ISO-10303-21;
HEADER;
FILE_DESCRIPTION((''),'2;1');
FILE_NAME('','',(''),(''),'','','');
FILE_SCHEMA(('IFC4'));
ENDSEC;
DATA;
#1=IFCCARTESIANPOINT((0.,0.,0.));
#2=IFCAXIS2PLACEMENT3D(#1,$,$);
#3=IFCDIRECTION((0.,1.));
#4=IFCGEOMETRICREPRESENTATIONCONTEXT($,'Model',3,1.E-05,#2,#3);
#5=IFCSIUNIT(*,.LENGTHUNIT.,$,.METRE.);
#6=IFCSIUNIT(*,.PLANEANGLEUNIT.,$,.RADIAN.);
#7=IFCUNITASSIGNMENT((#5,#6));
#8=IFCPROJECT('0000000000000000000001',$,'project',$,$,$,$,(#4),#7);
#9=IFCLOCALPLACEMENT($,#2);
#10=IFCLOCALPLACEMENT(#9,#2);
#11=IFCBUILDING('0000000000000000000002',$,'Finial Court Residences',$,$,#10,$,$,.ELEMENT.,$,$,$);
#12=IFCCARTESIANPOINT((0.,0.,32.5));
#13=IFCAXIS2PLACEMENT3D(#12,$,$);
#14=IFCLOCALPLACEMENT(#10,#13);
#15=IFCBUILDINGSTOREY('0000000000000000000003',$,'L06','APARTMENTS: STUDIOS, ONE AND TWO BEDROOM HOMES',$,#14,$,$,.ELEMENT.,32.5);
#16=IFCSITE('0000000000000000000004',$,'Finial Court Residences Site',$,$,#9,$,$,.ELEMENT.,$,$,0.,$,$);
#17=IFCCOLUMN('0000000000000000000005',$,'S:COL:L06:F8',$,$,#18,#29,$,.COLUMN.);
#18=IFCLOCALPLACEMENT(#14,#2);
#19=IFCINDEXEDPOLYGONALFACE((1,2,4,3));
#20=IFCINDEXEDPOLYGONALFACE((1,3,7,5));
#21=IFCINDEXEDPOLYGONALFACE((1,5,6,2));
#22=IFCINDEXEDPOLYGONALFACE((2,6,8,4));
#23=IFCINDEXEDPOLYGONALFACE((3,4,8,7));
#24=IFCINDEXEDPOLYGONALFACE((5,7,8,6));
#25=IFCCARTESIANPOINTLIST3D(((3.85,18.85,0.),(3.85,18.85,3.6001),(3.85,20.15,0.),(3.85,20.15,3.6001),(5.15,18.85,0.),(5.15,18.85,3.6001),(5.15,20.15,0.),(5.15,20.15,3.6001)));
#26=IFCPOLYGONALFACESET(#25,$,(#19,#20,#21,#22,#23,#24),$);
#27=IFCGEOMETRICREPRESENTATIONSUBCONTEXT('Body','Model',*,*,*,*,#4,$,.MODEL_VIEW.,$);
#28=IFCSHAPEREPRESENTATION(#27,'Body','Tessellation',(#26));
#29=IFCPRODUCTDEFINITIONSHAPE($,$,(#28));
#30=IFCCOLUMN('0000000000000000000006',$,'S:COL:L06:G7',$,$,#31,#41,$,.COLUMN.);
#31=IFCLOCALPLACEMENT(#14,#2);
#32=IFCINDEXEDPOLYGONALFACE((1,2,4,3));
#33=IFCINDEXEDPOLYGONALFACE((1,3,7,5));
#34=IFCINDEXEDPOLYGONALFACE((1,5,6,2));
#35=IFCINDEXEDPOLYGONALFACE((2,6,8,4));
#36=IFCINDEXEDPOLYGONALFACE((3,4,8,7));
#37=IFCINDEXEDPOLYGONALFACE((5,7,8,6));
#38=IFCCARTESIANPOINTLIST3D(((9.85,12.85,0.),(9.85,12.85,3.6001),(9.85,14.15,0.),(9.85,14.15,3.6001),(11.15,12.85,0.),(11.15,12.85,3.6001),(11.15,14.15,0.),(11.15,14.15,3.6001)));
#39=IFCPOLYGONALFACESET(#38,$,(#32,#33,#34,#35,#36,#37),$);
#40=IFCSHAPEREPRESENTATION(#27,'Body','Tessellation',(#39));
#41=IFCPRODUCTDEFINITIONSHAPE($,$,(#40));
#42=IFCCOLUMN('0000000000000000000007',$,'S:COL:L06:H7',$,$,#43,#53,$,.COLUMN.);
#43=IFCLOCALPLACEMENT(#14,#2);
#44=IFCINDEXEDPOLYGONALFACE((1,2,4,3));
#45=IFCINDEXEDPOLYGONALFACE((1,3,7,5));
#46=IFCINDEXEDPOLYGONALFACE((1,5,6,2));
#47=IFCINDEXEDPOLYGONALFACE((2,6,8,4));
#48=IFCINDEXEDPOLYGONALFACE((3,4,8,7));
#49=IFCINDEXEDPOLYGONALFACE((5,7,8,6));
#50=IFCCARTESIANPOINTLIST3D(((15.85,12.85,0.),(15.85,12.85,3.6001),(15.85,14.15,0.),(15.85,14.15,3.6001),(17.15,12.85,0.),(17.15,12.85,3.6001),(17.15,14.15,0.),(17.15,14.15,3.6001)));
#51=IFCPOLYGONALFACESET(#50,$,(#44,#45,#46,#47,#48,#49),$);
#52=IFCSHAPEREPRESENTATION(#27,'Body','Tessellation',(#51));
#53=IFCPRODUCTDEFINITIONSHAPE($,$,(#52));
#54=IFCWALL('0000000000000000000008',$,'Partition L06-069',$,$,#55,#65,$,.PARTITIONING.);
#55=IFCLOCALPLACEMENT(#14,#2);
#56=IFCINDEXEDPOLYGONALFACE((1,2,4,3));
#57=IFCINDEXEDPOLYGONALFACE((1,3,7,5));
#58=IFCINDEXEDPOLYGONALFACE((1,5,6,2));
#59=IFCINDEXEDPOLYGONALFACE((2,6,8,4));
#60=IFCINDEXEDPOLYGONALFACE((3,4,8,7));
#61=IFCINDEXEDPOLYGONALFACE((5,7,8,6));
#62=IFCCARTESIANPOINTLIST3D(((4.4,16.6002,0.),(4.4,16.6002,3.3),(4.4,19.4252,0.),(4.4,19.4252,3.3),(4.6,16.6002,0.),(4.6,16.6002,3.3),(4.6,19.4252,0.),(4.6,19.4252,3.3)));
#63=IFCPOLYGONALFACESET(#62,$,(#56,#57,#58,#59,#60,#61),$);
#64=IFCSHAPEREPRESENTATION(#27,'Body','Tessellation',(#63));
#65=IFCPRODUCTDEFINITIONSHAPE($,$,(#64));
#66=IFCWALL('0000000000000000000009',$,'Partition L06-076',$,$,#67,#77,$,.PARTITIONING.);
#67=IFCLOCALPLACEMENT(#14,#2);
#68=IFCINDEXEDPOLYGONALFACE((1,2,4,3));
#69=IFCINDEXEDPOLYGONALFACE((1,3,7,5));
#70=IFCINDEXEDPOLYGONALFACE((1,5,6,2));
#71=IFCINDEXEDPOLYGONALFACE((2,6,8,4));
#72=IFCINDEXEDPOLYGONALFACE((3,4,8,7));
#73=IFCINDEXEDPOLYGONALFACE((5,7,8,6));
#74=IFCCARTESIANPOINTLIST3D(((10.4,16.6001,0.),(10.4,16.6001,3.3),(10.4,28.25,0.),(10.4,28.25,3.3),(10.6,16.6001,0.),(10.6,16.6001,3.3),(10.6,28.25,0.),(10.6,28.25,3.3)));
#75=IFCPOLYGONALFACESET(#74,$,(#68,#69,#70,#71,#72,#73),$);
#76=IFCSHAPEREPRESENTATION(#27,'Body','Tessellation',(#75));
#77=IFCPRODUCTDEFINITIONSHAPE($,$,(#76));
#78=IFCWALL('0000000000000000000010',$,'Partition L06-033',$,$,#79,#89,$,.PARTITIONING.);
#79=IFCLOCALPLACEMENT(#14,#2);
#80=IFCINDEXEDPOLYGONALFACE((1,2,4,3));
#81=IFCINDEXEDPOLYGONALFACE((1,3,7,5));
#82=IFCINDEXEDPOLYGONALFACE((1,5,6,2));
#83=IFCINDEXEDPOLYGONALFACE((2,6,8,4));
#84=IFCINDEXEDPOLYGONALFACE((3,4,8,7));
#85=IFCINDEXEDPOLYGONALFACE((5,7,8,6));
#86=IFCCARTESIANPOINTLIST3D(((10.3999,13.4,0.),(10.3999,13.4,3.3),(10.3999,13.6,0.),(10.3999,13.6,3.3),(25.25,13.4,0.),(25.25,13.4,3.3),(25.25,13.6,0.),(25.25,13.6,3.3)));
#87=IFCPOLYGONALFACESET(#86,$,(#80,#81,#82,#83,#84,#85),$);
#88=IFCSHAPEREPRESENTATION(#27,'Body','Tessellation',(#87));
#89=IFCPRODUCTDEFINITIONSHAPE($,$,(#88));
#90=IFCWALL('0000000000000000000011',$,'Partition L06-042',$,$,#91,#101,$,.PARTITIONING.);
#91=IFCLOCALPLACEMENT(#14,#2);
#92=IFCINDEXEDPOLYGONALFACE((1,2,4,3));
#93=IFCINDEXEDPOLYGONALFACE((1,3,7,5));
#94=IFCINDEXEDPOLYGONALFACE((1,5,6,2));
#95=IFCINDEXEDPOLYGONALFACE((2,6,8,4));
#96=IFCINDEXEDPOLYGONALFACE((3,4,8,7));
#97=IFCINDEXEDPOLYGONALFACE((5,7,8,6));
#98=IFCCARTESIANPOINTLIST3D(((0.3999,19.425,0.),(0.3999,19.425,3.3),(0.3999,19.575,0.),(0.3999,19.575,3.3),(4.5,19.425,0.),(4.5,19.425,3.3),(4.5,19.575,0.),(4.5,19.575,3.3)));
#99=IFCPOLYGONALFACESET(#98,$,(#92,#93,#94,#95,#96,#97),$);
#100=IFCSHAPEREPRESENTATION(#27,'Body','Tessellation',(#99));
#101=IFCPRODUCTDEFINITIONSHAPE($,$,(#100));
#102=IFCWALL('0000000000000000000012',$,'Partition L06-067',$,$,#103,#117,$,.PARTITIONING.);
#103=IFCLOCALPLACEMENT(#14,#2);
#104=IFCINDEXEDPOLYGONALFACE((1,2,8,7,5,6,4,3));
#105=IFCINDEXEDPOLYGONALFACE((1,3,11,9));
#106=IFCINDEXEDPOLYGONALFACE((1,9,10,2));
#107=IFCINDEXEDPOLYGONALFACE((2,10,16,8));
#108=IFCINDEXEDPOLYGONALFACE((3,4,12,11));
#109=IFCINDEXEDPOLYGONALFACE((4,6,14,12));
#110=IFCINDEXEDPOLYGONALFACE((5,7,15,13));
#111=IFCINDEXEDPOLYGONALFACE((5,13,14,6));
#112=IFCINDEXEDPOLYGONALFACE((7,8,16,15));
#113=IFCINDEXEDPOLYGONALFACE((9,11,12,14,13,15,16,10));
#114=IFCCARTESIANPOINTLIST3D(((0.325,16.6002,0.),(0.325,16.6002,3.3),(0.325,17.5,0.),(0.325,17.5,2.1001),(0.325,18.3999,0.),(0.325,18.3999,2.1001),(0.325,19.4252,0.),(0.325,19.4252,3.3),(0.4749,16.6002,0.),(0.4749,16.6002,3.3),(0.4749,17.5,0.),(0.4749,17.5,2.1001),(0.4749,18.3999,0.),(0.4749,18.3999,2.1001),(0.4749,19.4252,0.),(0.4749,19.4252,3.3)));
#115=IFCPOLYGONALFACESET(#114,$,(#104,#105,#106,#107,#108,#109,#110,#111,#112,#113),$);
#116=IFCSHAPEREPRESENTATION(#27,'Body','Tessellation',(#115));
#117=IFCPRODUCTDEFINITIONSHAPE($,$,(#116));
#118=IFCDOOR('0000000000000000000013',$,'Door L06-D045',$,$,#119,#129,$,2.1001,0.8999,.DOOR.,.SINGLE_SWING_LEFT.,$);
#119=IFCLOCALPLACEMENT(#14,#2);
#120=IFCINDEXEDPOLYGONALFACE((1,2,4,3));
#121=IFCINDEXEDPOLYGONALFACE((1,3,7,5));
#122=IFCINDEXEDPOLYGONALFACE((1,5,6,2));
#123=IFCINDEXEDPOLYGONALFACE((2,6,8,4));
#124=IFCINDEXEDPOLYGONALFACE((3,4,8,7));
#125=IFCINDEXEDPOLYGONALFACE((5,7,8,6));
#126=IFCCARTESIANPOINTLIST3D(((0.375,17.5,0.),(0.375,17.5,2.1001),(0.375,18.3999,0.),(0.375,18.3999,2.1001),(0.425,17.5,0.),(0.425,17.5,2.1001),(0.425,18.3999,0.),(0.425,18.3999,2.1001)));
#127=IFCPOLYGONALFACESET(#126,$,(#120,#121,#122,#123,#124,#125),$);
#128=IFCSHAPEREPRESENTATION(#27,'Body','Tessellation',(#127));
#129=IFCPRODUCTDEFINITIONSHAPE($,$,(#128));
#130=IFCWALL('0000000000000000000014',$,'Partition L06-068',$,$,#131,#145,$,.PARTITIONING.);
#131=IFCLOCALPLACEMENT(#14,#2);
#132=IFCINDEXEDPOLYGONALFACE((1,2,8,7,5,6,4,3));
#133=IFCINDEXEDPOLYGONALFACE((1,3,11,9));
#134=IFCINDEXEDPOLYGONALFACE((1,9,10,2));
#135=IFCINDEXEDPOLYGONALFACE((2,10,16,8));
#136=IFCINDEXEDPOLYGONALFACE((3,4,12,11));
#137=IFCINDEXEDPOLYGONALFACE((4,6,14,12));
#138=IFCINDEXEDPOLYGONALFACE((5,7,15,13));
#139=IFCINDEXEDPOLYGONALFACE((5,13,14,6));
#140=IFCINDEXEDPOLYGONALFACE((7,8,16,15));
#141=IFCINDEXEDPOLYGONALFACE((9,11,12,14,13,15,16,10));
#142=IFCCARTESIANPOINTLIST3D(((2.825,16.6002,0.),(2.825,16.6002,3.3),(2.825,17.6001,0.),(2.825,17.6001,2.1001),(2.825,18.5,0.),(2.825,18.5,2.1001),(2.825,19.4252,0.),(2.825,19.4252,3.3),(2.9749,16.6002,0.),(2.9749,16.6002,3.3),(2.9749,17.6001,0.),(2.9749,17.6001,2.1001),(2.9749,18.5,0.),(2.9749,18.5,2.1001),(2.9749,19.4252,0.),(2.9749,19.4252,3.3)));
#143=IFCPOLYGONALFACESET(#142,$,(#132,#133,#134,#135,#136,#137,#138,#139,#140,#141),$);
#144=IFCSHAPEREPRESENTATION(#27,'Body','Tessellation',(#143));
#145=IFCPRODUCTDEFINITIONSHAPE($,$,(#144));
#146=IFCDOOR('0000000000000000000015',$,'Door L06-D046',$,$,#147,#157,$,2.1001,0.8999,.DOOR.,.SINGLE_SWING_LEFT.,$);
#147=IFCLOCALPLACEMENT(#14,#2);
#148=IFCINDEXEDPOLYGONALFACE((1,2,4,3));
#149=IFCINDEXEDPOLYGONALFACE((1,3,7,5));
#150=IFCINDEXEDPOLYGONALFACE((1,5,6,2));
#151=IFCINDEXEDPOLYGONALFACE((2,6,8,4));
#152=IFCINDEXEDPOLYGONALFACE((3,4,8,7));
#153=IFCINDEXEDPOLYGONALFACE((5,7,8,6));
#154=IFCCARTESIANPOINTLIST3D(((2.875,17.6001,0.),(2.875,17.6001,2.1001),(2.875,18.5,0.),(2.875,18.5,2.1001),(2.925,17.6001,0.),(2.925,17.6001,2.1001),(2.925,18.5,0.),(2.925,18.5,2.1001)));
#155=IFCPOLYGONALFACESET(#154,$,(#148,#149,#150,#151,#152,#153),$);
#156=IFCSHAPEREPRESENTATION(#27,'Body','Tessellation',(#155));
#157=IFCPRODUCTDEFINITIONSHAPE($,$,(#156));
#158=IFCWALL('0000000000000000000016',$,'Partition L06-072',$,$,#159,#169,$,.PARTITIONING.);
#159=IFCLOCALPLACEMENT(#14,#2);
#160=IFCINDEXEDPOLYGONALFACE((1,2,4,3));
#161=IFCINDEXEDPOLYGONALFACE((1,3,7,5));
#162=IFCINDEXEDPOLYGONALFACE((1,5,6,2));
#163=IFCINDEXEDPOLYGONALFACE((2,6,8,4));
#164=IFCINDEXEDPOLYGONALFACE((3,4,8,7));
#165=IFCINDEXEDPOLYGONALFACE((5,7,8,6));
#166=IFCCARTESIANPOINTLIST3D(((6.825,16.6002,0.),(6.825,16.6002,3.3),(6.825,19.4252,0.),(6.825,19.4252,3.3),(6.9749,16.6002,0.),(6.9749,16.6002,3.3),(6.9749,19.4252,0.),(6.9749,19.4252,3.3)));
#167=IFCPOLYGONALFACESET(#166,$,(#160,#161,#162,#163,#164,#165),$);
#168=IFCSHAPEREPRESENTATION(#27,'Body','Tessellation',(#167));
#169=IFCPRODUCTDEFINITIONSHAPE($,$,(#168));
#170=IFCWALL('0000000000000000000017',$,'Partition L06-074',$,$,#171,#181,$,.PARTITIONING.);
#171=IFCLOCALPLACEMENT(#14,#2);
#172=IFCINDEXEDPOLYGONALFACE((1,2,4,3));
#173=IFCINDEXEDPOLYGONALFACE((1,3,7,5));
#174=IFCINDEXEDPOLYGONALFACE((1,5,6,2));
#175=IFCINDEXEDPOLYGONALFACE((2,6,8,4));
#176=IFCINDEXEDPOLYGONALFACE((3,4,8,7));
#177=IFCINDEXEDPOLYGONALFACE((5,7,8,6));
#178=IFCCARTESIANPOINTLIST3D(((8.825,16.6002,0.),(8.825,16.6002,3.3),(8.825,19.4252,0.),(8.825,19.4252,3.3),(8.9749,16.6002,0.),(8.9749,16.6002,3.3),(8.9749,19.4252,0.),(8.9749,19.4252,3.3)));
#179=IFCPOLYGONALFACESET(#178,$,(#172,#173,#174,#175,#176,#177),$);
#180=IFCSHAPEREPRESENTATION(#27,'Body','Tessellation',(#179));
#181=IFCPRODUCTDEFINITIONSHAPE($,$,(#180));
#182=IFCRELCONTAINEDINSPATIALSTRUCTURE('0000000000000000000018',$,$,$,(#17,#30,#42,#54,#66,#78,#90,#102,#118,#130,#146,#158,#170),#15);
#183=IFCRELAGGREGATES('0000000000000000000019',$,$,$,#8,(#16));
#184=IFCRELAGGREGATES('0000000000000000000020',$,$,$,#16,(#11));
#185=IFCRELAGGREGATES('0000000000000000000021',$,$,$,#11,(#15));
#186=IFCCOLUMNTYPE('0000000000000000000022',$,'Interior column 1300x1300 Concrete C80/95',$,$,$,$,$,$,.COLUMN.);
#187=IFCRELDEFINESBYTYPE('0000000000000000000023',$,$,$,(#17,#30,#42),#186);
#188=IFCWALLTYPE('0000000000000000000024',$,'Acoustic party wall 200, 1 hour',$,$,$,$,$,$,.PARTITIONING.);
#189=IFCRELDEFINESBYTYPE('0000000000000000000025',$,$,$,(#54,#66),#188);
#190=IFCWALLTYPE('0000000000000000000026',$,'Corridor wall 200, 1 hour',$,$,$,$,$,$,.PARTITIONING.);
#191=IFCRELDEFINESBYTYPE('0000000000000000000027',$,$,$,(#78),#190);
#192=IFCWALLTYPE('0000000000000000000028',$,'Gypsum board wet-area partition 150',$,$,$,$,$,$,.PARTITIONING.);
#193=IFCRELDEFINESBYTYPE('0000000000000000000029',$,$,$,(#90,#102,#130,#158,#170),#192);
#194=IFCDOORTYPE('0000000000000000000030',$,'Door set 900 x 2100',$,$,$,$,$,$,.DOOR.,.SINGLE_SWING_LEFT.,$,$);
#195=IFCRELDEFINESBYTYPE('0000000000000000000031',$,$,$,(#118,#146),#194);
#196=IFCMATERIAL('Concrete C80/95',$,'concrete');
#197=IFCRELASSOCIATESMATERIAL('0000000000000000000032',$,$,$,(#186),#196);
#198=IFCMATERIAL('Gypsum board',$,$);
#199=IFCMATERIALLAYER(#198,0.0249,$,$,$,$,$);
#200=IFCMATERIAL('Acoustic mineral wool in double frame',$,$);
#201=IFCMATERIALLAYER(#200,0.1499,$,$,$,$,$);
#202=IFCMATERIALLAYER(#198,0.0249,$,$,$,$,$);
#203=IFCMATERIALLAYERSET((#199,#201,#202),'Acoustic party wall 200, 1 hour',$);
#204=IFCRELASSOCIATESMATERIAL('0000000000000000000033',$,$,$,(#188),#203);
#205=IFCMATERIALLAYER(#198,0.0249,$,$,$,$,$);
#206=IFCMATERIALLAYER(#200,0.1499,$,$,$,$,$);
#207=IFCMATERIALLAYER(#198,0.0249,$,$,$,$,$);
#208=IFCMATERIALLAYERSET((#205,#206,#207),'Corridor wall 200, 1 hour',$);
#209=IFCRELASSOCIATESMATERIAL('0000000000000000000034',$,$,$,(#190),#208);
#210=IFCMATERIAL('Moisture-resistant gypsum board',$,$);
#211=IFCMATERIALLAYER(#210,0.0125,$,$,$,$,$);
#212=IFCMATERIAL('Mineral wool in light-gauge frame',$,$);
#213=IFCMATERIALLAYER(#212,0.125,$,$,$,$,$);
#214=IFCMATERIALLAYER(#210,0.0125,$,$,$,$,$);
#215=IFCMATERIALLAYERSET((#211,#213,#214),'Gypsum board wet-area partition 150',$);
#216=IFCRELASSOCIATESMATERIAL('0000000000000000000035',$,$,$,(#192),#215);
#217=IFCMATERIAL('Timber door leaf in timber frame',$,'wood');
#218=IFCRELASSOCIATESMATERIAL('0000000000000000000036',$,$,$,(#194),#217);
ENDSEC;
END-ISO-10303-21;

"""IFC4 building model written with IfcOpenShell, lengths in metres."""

from ifc_helpers import new_model, si_unit, direction, frame, frame_2d, origin, origin_2d, place, context, subcontext, project, spatial, rectangle, extrude, material, layer, layer_set, material_profile, profile_set, type_object, element, fill, save


model = new_model("IFC4")

# Units and contexts
model_context = context("Model", 3, precision=1e-05, world=origin(), true_north=direction((0.0, 1.0)))
body_context = subcontext(model_context, "Body", "Model", "MODEL_VIEW")
ifc_project = project(units=[si_unit("LENGTHUNIT", "METRE"), si_unit("PLANEANGLEUNIT", "RADIAN")], contexts=[model_context])

# Site, building, storey
site_placement = place(None, origin())
site = spatial("IfcSite", under=ifc_project, at=site_placement, Name="Finial Court Residences Site", CompositionType="ELEMENT", RefElevation=0.0)
building_placement = place(site_placement, origin())
building = spatial("IfcBuilding", under=site, at=building_placement, Name="Finial Court Residences", CompositionType="ELEMENT")
storey_placement = place(building_placement, frame((0.0, 0.0, 32.5)))
storey = spatial("IfcBuildingStorey", under=building, at=storey_placement, Name="L06", Description="APARTMENTS: STUDIOS, ONE AND TWO BEDROOM HOMES", CompositionType="ELEMENT", Elevation=32.5)

# Columns
ifc_material_1 = material(Name="Concrete C80/95", Category="concrete")
ifc_material_profile = material_profile(ifc_material_1, rectangle(XDim=1.3, YDim=1.3, at=origin_2d()), Name="1300x1300")
ifc_profile_set = profile_set([ifc_material_profile], Name="Concrete C80/95")
column_type = type_object("IfcColumnType", Name="Interior column 1300x1300 Concrete C80/95", PredefinedType="COLUMN", material=ifc_profile_set)
for number, where, z_axis, x_axis, name in (
    (1, (4.5, 19.5, 0.0), (0.0, 0.0, 1.0), (1.0, 0.0, 0.0), "S:COL:L06:F8"),
    (2, (10.5, 13.5, 0.0), (0.0, 0.0, 1.0), (1.0, 0.0, 0.0), "S:COL:L06:G7"),
    (3, (16.5, 13.5, 0.0), (0.0, 0.0, 1.0), (1.0, 0.0, 0.0), "S:COL:L06:H7"),
):
    element("IfcColumn", number, at=place(storey_placement, frame(where, z_axis=z_axis, x_axis=x_axis)), inside=storey, type_object=column_type, Name=name, PredefinedType="COLUMN", context=body_context, shape_type="SweptSolid", body=[
        extrude(rectangle(XDim=1.3, YDim=1.3, at=origin_2d()), origin(), (0.0, 0.0, 1.0), 3.6001),
    ])

# Walls
ifc_material_2 = material(Name="Gypsum board")
ifc_layer_1 = layer(ifc_material_2, 0.0249)
ifc_material_3 = material(Name="Acoustic mineral wool in double frame")
ifc_layer_2 = layer(ifc_material_3, 0.1499)
ifc_layer_3 = layer(ifc_material_2, 0.0249)
ifc_layer_set_1 = layer_set([ifc_layer_1, ifc_layer_2, ifc_layer_3], Name="Acoustic party wall 200, 1 hour")
wall_type_1 = type_object("IfcWallType", Name="Acoustic party wall 200, 1 hour", PredefinedType="PARTITIONING", material=ifc_layer_set_1)
wall_1_placement = place(storey_placement, frame((4.5, 16.6001, 0.0), z_axis=(0.0, 0.0, 1.0), x_axis=(0.0, 1.0, 0.0)))
element("IfcWall", 4, at=wall_1_placement, inside=storey, type_object=wall_type_1, Name="Partition L06-069", PredefinedType="PARTITIONING", context=body_context, shape_type="SweptSolid", body=[
    extrude(rectangle(XDim=2.825, YDim=0.2, at=frame_2d((1.4126, 0.0))), origin(), (0.0, 0.0, 1.0), 3.3),
])
wall_2_placement = place(storey_placement, frame((10.5, 16.6001, 0.0), z_axis=(0.0, 0.0, 1.0), x_axis=(0.0, 1.0, 0.0)))
element("IfcWall", 5, at=wall_2_placement, inside=storey, type_object=wall_type_1, Name="Partition L06-076", PredefinedType="PARTITIONING", context=body_context, shape_type="SweptSolid", body=[
    extrude(rectangle(XDim=11.6499, YDim=0.2, at=frame_2d((5.825, 0.0))), origin(), (0.0, 0.0, 1.0), 3.3),
])
ifc_layer_4 = layer(ifc_material_2, 0.0249)
ifc_layer_5 = layer(ifc_material_3, 0.1499)
ifc_layer_6 = layer(ifc_material_2, 0.0249)
ifc_layer_set_2 = layer_set([ifc_layer_4, ifc_layer_5, ifc_layer_6], Name="Corridor wall 200, 1 hour")
wall_type_2 = type_object("IfcWallType", Name="Corridor wall 200, 1 hour", PredefinedType="PARTITIONING", material=ifc_layer_set_2)
wall_3_placement = place(storey_placement, frame((10.3999, 13.5, 0.0), z_axis=(0.0, 0.0, 1.0), x_axis=(1.0, 0.0, 0.0)))
element("IfcWall", 6, at=wall_3_placement, inside=storey, type_object=wall_type_2, Name="Partition L06-033", PredefinedType="PARTITIONING", context=body_context, shape_type="SweptSolid", body=[
    extrude(rectangle(XDim=14.8501, YDim=0.2, at=frame_2d((7.425, 0.0))), origin(), (0.0, 0.0, 1.0), 3.3),
])
ifc_material_4 = material(Name="Moisture-resistant gypsum board")
ifc_layer_7 = layer(ifc_material_4, 0.0125)
ifc_material_5 = material(Name="Mineral wool in light-gauge frame")
ifc_layer_8 = layer(ifc_material_5, 0.125)
ifc_layer_9 = layer(ifc_material_4, 0.0125)
ifc_layer_set_3 = layer_set([ifc_layer_7, ifc_layer_8, ifc_layer_9], Name="Gypsum board wet-area partition 150")
wall_type_3 = type_object("IfcWallType", Name="Gypsum board wet-area partition 150", PredefinedType="PARTITIONING", material=ifc_layer_set_3)
wall_4_placement = place(storey_placement, frame((0.3999, 19.5, 0.0), z_axis=(0.0, 0.0, 1.0), x_axis=(1.0, 0.0, 0.0)))
element("IfcWall", 7, at=wall_4_placement, inside=storey, type_object=wall_type_3, Name="Partition L06-042", PredefinedType="PARTITIONING", context=body_context, shape_type="SweptSolid", body=[
    extrude(rectangle(XDim=4.1001, YDim=0.1499, at=frame_2d((2.05, 0.0))), origin(), (0.0, 0.0, 1.0), 3.3),
])

# Walls, openings, doors
wall_5_placement = place(storey_placement, frame((0.3999, 16.6001, 0.0), z_axis=(0.0, 0.0, 1.0), x_axis=(0.0, 1.0, 0.0)))
wall_5 = element("IfcWall", 8, at=wall_5_placement, inside=storey, type_object=wall_type_3, Name="Partition L06-067", PredefinedType="PARTITIONING", context=body_context, shape_type="SweptSolid", body=[
    extrude(rectangle(XDim=2.825, YDim=0.1499, at=frame_2d((1.4126, 0.0))), origin(), (0.0, 0.0, 1.0), 3.3),
])
opening_1_placement = place(wall_5_placement, frame((0.8999, 0.0, 0.0)))
opening_1 = element("IfcOpeningElement", 9, at=opening_1_placement, cuts=wall_5, PredefinedType="OPENING", context=body_context, shape_type="SweptSolid", body=[
    extrude(rectangle(XDim=0.8999, YDim=2.1001, at=frame_2d((0.45, 1.05))), frame((0.0, 0.085, 0.0), z_axis=(0.0, -1.0, 0.0), x_axis=(1.0, 0.0, 0.0)), (0.0, 0.0, 1.0), 0.1699),
])
ifc_material_6 = material(Name="Timber door leaf in timber frame", Category="wood")
door_type = type_object("IfcDoorType", Name="Door set 900 x 2100", OperationType="SINGLE_SWING_LEFT", PredefinedType="DOOR", material=ifc_material_6)
door_1_placement = place(opening_1_placement, origin())
door_1 = element("IfcDoor", 10, at=door_1_placement, inside=storey, type_object=door_type, Name="Door L06-D045", OperationType="SINGLE_SWING_LEFT", OverallHeight=2.1001, OverallWidth=0.8999, PredefinedType="DOOR", context=body_context, shape_type="SweptSolid", body=[
    extrude(rectangle(XDim=0.8999, YDim=2.1001, at=frame_2d((0.45, 1.05))), frame((0.0, 0.0249, 0.0), z_axis=(0.0, -1.0, 0.0), x_axis=(1.0, 0.0, 0.0)), (0.0, 0.0, 1.0), 0.05),
])
fill(opening_1, door_1)
wall_6_placement = place(storey_placement, frame((2.8999, 16.6001, 0.0), z_axis=(0.0, 0.0, 1.0), x_axis=(0.0, 1.0, 0.0)))
wall_6 = element("IfcWall", 11, at=wall_6_placement, inside=storey, type_object=wall_type_3, Name="Partition L06-068", PredefinedType="PARTITIONING", context=body_context, shape_type="SweptSolid", body=[
    extrude(rectangle(XDim=2.825, YDim=0.1499, at=frame_2d((1.4126, 0.0))), origin(), (0.0, 0.0, 1.0), 3.3),
])
opening_2_placement = place(wall_6_placement, frame((1.0, 0.0, 0.0)))
opening_2 = element("IfcOpeningElement", 12, at=opening_2_placement, cuts=wall_6, PredefinedType="OPENING", context=body_context, shape_type="SweptSolid", body=[
    extrude(rectangle(XDim=0.8999, YDim=2.1001, at=frame_2d((0.45, 1.05))), frame((0.0, 0.085, 0.0), z_axis=(0.0, -1.0, 0.0), x_axis=(1.0, 0.0, 0.0)), (0.0, 0.0, 1.0), 0.1699),
])
door_2_placement = place(opening_2_placement, origin())
door_2 = element("IfcDoor", 13, at=door_2_placement, inside=storey, type_object=door_type, Name="Door L06-D046", OperationType="SINGLE_SWING_LEFT", OverallHeight=2.1001, OverallWidth=0.8999, PredefinedType="DOOR", context=body_context, shape_type="SweptSolid", body=[
    extrude(rectangle(XDim=0.8999, YDim=2.1001, at=frame_2d((0.45, 1.05))), frame((0.0, 0.0249, 0.0), z_axis=(0.0, -1.0, 0.0), x_axis=(1.0, 0.0, 0.0)), (0.0, 0.0, 1.0), 0.05),
])
fill(opening_2, door_2)

# Walls
for number, where, z_axis, x_axis, name in (
    (14, (6.8999, 16.6001, 0.0), (0.0, 0.0, 1.0), (0.0, 1.0, 0.0), "Partition L06-072"),
    (15, (8.8999, 16.6001, 0.0), (0.0, 0.0, 1.0), (0.0, 1.0, 0.0), "Partition L06-074"),
):
    element("IfcWall", number, at=place(storey_placement, frame(where, z_axis=z_axis, x_axis=x_axis)), inside=storey, type_object=wall_type_3, Name=name, PredefinedType="PARTITIONING", context=body_context, shape_type="SweptSolid", body=[
        extrude(rectangle(XDim=2.825, YDim=0.1499, at=frame_2d((1.4126, 0.0))), origin(), (0.0, 0.0, 1.0), 3.3),
    ])

save(model, "model.ifc")
